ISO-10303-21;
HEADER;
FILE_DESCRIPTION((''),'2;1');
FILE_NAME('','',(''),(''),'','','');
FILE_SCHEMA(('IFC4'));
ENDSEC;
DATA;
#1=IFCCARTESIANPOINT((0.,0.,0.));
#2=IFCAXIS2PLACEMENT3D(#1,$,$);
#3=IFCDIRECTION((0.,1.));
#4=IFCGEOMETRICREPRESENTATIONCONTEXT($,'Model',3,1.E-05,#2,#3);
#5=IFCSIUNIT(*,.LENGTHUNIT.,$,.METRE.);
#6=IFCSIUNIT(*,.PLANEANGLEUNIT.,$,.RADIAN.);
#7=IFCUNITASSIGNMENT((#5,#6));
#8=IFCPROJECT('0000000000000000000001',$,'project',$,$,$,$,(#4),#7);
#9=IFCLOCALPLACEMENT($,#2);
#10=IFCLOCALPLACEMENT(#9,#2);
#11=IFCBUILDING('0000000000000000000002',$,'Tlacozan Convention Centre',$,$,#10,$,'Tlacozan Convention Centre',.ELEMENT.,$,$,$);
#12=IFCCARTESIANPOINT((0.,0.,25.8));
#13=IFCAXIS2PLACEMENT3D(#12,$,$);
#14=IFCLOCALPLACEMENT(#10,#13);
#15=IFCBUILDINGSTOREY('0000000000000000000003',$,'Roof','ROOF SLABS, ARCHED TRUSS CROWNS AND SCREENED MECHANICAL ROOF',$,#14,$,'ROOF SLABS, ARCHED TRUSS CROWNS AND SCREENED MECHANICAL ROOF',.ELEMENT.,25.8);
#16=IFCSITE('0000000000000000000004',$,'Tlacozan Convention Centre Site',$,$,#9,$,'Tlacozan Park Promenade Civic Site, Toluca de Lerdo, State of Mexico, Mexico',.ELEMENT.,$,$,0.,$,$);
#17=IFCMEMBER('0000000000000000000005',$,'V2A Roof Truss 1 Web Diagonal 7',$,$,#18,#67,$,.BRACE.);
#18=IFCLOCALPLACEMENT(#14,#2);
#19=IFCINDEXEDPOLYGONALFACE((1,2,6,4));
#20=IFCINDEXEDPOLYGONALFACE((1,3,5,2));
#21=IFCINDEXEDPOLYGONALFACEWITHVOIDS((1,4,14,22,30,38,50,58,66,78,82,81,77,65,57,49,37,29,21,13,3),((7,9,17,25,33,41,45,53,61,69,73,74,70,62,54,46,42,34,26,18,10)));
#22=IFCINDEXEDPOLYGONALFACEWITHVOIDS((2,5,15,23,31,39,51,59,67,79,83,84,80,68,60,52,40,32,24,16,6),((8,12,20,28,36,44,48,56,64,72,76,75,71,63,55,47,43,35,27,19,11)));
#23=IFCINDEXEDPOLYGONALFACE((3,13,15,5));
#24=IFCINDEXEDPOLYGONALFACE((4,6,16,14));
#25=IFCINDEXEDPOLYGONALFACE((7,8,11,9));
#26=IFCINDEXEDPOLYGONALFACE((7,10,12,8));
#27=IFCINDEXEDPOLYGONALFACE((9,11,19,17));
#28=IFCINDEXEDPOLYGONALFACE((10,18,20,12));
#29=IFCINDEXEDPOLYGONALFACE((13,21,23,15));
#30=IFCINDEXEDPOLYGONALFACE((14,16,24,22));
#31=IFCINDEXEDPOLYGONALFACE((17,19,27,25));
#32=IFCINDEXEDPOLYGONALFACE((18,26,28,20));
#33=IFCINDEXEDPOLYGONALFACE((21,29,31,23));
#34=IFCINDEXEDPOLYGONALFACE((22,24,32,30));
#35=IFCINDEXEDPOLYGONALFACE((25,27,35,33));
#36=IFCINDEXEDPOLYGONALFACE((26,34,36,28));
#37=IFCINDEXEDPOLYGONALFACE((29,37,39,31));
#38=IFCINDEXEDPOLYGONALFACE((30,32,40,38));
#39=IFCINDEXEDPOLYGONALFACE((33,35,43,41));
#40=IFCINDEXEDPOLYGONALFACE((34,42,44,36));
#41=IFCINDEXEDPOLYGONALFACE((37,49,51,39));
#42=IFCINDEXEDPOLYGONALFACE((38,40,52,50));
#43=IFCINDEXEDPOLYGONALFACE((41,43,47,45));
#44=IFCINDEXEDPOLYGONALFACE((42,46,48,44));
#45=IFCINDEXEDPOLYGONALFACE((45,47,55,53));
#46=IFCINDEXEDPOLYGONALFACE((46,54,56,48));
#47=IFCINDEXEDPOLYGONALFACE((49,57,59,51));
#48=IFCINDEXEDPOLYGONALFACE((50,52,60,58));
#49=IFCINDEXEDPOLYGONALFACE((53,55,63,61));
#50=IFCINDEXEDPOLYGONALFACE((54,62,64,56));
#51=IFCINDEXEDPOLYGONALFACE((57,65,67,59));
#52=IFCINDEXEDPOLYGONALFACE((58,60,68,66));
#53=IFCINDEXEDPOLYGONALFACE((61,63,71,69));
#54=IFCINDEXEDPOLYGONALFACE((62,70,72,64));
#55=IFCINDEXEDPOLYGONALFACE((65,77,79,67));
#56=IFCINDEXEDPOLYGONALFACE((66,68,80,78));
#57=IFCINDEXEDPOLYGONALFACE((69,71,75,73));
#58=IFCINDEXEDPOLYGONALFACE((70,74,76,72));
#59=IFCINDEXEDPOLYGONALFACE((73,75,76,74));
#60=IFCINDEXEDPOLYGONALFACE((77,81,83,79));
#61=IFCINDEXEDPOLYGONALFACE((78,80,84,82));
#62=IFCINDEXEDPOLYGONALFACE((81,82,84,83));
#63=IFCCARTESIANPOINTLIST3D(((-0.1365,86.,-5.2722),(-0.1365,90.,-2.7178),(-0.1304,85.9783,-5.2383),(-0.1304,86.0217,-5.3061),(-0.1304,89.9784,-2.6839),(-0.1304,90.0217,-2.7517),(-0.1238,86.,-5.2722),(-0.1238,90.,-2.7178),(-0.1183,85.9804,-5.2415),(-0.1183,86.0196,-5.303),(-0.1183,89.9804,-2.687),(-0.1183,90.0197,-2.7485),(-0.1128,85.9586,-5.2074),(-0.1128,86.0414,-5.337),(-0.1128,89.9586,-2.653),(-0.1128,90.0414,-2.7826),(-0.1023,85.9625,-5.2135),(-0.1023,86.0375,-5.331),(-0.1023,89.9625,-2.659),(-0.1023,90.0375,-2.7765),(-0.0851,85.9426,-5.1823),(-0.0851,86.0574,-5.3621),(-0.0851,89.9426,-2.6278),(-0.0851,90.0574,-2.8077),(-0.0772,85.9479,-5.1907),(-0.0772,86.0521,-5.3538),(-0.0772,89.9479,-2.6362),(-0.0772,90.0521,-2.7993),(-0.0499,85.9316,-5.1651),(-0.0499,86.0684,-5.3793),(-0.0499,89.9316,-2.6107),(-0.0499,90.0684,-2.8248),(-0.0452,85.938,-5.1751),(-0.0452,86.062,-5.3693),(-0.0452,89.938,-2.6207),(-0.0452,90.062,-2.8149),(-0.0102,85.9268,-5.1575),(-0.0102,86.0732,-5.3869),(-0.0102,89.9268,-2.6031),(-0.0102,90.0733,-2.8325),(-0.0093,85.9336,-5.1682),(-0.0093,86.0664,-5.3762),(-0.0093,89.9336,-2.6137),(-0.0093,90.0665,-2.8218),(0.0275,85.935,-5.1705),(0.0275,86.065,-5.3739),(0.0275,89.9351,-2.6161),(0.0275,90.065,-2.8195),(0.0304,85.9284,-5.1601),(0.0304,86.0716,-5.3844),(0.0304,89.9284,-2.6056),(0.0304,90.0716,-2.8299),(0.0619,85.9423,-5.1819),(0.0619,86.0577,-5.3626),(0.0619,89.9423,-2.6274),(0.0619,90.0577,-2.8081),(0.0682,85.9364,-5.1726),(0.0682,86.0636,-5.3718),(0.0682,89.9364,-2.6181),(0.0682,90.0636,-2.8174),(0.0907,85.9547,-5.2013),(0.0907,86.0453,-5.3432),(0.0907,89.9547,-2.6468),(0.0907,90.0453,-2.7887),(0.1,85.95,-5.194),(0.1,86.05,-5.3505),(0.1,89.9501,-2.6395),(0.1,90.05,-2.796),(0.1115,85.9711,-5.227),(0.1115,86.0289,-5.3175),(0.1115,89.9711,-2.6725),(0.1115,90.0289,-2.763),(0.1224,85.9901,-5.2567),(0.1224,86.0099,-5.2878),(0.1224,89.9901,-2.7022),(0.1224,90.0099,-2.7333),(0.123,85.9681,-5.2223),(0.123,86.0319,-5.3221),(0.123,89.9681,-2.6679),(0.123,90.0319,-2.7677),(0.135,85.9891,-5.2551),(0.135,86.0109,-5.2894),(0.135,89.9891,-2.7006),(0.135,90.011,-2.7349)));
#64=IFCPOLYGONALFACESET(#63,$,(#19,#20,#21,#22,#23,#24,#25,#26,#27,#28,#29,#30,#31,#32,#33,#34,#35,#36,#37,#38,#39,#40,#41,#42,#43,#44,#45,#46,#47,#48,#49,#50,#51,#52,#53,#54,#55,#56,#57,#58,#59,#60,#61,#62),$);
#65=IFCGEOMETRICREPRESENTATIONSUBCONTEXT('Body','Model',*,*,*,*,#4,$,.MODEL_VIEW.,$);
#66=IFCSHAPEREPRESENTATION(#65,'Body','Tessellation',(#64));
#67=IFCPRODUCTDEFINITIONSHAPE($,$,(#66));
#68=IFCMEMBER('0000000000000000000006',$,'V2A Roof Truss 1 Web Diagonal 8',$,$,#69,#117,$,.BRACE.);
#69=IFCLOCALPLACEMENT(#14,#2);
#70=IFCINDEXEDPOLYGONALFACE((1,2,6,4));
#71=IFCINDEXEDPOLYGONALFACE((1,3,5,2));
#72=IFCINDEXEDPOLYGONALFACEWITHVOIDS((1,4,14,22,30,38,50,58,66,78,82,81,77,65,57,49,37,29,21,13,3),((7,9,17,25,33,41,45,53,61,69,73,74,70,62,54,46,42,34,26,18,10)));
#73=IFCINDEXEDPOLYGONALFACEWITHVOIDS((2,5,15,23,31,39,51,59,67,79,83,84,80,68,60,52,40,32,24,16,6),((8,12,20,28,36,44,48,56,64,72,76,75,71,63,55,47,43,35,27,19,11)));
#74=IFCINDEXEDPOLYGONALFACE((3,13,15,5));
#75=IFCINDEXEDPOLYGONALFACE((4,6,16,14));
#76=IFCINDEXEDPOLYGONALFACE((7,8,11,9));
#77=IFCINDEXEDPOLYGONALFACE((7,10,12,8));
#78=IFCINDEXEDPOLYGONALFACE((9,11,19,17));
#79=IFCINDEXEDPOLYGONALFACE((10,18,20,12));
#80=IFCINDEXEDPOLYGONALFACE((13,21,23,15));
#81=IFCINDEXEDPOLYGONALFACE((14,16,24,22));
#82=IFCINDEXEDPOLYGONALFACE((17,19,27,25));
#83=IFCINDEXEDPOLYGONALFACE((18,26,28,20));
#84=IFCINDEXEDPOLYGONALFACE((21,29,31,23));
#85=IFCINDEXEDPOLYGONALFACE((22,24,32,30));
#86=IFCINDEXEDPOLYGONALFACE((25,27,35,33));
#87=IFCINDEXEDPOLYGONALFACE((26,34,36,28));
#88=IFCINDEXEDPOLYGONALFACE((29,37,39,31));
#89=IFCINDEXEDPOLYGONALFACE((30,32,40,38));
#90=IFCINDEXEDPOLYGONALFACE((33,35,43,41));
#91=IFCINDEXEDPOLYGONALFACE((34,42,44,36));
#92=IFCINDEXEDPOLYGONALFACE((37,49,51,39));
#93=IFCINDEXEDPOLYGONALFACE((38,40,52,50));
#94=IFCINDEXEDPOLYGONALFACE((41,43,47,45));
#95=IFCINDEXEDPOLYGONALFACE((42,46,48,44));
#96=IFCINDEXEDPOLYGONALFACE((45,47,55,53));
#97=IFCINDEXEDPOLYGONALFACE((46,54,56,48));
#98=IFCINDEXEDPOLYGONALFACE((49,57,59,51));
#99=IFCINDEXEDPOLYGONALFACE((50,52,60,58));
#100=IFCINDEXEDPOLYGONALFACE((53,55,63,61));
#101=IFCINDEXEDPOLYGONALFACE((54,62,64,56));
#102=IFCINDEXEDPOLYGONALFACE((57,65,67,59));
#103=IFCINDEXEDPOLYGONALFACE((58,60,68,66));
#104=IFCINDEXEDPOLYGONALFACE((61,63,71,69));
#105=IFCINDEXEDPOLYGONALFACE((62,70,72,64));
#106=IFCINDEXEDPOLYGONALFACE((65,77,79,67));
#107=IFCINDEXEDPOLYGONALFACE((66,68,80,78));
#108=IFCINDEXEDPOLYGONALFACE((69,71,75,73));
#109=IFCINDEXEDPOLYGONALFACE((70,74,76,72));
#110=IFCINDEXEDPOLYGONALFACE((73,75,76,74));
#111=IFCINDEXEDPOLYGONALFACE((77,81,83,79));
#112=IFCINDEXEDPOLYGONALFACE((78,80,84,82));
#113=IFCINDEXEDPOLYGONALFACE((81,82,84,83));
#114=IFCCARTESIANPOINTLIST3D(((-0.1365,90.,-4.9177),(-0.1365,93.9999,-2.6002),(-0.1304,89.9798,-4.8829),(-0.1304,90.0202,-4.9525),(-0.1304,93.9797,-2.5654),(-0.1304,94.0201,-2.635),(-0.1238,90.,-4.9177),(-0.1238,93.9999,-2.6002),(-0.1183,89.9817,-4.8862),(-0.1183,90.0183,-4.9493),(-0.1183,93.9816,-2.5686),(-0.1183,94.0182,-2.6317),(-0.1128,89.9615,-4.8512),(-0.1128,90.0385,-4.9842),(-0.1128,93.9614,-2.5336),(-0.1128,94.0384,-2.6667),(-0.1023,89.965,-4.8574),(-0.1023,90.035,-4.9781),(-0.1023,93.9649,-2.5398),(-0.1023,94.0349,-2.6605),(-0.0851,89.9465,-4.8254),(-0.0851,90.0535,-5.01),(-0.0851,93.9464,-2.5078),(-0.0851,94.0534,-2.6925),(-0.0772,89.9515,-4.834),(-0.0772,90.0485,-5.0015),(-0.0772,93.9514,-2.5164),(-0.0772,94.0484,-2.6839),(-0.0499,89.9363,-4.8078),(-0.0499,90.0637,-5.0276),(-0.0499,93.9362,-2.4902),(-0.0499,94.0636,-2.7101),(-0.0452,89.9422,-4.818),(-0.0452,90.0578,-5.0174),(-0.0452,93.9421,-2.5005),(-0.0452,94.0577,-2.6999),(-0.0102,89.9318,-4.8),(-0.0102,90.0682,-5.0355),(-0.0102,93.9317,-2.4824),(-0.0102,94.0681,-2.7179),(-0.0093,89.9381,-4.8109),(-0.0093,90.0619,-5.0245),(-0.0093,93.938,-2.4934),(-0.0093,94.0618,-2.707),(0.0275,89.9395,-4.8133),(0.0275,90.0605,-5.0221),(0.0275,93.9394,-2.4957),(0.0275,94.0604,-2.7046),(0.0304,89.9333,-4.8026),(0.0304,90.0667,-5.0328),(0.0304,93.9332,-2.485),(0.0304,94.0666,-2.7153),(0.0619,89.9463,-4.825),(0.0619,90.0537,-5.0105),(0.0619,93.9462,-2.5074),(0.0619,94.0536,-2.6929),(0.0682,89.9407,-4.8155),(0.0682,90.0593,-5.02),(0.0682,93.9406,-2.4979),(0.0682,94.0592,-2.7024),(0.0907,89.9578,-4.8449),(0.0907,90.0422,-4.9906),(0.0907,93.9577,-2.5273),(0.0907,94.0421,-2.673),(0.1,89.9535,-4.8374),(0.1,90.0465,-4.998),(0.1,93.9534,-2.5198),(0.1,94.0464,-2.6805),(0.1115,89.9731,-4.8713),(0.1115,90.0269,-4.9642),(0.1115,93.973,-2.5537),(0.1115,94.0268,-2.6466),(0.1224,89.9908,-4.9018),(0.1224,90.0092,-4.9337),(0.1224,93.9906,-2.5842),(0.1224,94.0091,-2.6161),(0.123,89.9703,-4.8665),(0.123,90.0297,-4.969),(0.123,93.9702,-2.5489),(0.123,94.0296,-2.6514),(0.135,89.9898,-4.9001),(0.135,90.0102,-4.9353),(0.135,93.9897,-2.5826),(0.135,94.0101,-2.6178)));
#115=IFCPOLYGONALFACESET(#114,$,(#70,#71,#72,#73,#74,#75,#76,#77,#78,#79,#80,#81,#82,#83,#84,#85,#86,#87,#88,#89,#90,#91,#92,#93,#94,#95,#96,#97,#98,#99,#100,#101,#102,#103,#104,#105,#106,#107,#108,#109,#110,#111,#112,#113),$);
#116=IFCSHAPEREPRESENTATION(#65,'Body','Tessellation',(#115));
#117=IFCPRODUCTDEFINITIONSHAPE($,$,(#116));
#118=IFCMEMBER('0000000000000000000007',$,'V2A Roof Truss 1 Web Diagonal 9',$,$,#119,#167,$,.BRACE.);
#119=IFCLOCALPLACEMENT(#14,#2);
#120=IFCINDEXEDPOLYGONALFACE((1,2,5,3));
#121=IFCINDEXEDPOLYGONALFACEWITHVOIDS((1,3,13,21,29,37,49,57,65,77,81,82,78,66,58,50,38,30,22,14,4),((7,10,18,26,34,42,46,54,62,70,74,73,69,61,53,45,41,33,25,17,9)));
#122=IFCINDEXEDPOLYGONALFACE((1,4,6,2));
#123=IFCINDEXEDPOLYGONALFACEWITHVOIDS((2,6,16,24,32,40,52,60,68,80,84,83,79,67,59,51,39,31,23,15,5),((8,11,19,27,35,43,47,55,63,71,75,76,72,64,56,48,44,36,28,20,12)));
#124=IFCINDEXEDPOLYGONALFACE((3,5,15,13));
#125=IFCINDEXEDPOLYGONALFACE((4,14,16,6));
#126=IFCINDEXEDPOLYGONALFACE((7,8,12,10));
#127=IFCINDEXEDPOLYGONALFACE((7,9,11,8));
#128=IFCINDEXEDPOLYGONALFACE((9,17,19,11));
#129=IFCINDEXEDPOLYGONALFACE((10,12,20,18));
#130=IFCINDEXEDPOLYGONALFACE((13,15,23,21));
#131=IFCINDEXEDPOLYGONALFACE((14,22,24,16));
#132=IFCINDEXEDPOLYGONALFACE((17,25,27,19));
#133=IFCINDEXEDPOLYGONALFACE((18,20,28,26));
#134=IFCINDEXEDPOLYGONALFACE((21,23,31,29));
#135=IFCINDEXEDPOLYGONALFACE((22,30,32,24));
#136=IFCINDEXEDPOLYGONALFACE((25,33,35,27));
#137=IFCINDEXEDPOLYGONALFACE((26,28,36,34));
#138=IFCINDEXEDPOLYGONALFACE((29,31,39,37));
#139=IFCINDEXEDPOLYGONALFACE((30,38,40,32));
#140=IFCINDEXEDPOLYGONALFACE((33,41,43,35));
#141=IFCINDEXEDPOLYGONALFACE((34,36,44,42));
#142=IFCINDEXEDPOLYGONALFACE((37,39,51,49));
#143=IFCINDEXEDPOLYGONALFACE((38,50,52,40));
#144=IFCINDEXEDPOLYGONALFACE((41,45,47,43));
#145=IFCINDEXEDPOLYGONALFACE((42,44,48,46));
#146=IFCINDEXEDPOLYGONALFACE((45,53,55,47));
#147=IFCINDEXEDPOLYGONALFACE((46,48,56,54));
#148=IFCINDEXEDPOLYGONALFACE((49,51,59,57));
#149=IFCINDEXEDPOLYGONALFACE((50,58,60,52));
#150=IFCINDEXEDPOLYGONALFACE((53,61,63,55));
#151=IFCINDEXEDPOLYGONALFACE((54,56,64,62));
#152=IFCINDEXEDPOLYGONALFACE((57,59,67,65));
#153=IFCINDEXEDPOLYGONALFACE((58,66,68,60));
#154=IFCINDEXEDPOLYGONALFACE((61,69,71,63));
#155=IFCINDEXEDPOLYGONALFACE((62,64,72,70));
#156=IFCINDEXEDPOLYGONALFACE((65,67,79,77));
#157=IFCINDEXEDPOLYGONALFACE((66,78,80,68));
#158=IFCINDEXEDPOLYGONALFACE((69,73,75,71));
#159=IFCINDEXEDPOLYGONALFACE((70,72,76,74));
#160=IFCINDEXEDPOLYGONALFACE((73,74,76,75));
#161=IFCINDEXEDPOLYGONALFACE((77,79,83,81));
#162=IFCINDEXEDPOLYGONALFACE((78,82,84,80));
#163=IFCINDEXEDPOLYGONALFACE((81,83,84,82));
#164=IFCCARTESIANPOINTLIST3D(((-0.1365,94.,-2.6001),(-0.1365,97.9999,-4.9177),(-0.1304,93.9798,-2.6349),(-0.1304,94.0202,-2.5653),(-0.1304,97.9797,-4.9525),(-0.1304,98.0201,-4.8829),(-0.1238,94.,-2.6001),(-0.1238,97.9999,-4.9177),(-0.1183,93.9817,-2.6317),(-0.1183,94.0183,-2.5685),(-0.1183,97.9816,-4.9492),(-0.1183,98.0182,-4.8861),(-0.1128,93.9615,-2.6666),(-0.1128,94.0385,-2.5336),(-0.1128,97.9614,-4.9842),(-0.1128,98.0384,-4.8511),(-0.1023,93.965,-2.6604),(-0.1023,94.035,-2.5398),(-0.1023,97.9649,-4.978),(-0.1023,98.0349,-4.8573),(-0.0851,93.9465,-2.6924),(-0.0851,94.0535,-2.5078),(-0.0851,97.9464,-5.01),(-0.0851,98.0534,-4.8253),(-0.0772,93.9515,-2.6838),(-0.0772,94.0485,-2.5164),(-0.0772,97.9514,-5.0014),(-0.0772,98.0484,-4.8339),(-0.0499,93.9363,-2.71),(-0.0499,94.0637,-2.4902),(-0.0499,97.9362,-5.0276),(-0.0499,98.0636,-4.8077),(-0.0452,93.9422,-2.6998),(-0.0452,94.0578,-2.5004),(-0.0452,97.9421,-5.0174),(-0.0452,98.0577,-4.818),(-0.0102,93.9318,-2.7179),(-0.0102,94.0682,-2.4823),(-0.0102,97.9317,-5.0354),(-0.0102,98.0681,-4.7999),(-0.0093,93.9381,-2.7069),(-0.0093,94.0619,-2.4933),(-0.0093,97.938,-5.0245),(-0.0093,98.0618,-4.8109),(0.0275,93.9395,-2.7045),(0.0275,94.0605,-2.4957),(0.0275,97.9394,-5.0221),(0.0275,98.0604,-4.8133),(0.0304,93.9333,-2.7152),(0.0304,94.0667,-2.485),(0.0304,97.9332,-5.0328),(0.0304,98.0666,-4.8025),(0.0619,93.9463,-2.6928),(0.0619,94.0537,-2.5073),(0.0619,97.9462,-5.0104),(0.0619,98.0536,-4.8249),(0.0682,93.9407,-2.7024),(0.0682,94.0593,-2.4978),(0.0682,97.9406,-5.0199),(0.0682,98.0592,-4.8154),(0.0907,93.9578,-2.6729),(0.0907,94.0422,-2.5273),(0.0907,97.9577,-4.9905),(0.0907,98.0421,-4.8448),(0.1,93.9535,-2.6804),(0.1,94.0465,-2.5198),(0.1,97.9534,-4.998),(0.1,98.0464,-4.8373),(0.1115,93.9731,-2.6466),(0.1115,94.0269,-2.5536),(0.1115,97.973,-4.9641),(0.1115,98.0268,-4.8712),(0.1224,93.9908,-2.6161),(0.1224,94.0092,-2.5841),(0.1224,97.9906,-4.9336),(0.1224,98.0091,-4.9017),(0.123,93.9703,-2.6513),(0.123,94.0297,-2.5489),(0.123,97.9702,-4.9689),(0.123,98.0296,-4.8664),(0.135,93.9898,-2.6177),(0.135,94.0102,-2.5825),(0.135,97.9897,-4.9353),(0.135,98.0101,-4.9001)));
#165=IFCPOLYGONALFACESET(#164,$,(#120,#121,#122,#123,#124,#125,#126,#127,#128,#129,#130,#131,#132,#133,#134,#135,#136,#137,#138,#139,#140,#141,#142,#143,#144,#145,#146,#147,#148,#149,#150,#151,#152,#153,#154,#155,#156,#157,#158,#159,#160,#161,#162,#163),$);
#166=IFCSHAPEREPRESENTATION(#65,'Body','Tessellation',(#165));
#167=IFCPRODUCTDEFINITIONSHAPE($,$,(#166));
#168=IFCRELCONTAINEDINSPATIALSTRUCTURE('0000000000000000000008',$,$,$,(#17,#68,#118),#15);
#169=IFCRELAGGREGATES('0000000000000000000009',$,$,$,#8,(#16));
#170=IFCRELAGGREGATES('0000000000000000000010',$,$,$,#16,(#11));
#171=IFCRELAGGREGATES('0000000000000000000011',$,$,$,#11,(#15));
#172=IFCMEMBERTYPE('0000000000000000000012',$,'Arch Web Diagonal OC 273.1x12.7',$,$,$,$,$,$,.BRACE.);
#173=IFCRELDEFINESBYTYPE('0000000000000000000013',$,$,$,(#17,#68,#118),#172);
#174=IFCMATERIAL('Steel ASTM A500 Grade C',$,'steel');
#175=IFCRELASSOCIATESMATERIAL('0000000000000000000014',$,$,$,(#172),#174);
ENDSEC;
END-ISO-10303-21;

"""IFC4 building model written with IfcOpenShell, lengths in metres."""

from ifc_helpers import new_model, si_unit, direction, frame, origin, origin_2d, place, context, subcontext, project, spatial, hollow_circle, extrude, material, material_profile, profile_set, type_object, element, save


model = new_model("IFC4")

# Units and contexts
model_context = context("Model", 3, precision=1e-05, world=origin(), true_north=direction((0.0, 1.0)))
body_context = subcontext(model_context, "Body", "Model", "MODEL_VIEW")
ifc_project = project(units=[si_unit("LENGTHUNIT", "METRE"), si_unit("PLANEANGLEUNIT", "RADIAN")], contexts=[model_context])

# Site, building, storey
site_placement = place(None, origin())
site = spatial("IfcSite", under=ifc_project, at=site_placement, Name="Tlacozan Convention Centre Site", LongName="Tlacozan Park Promenade Civic Site, Toluca de Lerdo, State of Mexico, Mexico", CompositionType="ELEMENT", RefElevation=0.0)
building_placement = place(site_placement, origin())
building = spatial("IfcBuilding", under=site, at=building_placement, Name="Tlacozan Convention Centre", LongName="Tlacozan Convention Centre", CompositionType="ELEMENT")
storey_placement = place(building_placement, frame((0.0, 0.0, 25.8)))
storey = spatial("IfcBuildingStorey", under=building, at=storey_placement, Name="Roof", Description="ROOF SLABS, ARCHED TRUSS CROWNS AND SCREENED MECHANICAL ROOF", LongName="ROOF SLABS, ARCHED TRUSS CROWNS AND SCREENED MECHANICAL ROOF", CompositionType="ELEMENT", Elevation=25.8)

# Members
ifc_material_1 = material(Name="Steel ASTM A500 Grade C", Category="steel")
ifc_material_profile_1 = material_profile(ifc_material_1, hollow_circle(Radius=0.1365, WallThickness=0.0127, at=origin_2d()), Name="OC 273.1x12.7")
ifc_profile_set_1 = profile_set([ifc_material_profile_1], Name="Steel ASTM A500 Grade C")
member_type_1 = type_object("IfcMemberType", Name="Arch Web Diagonal OC 273.1x12.7", PredefinedType="BRACE", material=ifc_profile_set_1)
member_1_placement = place(storey_placement, frame((0.0, 86.0, -5.2722), z_axis=(0.0, 0.842803, 0.538223), x_axis=(-1.0, 0.0, 0.0)))
element("IfcMember", 1, at=member_1_placement, inside=storey, type_object=member_type_1, Name="V2A Roof Truss 1 Web Diagonal 7", PredefinedType="BRACE", context=body_context, shape_type="SweptSolid", body=[
    extrude(hollow_circle(Radius=0.1365, WallThickness=0.0127, at=origin_2d()), origin(), (0.0, 0.0, 1.0), 4.7461),
])
for number, where, z_axis, x_axis, name in (
    (2, (0.0, 90.0, -4.9177), (0.0, 0.865254, 0.501334), (-1.0, 0.0, 0.0), "V2A Roof Truss 1 Web Diagonal 8"),
    (3, (0.0, 94.0, -2.6001), (0.0, 0.865254, -0.501334), (-1.0, 0.0, 0.0), "V2A Roof Truss 1 Web Diagonal 9"),
):
    element("IfcMember", number, at=place(storey_placement, frame(where, z_axis=z_axis, x_axis=x_axis)), inside=storey, type_object=member_type_1, Name=name, PredefinedType="BRACE", context=body_context, shape_type="SweptSolid", body=[
        extrude(hollow_circle(Radius=0.1365, WallThickness=0.0127, at=origin_2d()), origin(), (0.0, 0.0, 1.0), 4.6228),
    ])

save(model, "model.ifc")
